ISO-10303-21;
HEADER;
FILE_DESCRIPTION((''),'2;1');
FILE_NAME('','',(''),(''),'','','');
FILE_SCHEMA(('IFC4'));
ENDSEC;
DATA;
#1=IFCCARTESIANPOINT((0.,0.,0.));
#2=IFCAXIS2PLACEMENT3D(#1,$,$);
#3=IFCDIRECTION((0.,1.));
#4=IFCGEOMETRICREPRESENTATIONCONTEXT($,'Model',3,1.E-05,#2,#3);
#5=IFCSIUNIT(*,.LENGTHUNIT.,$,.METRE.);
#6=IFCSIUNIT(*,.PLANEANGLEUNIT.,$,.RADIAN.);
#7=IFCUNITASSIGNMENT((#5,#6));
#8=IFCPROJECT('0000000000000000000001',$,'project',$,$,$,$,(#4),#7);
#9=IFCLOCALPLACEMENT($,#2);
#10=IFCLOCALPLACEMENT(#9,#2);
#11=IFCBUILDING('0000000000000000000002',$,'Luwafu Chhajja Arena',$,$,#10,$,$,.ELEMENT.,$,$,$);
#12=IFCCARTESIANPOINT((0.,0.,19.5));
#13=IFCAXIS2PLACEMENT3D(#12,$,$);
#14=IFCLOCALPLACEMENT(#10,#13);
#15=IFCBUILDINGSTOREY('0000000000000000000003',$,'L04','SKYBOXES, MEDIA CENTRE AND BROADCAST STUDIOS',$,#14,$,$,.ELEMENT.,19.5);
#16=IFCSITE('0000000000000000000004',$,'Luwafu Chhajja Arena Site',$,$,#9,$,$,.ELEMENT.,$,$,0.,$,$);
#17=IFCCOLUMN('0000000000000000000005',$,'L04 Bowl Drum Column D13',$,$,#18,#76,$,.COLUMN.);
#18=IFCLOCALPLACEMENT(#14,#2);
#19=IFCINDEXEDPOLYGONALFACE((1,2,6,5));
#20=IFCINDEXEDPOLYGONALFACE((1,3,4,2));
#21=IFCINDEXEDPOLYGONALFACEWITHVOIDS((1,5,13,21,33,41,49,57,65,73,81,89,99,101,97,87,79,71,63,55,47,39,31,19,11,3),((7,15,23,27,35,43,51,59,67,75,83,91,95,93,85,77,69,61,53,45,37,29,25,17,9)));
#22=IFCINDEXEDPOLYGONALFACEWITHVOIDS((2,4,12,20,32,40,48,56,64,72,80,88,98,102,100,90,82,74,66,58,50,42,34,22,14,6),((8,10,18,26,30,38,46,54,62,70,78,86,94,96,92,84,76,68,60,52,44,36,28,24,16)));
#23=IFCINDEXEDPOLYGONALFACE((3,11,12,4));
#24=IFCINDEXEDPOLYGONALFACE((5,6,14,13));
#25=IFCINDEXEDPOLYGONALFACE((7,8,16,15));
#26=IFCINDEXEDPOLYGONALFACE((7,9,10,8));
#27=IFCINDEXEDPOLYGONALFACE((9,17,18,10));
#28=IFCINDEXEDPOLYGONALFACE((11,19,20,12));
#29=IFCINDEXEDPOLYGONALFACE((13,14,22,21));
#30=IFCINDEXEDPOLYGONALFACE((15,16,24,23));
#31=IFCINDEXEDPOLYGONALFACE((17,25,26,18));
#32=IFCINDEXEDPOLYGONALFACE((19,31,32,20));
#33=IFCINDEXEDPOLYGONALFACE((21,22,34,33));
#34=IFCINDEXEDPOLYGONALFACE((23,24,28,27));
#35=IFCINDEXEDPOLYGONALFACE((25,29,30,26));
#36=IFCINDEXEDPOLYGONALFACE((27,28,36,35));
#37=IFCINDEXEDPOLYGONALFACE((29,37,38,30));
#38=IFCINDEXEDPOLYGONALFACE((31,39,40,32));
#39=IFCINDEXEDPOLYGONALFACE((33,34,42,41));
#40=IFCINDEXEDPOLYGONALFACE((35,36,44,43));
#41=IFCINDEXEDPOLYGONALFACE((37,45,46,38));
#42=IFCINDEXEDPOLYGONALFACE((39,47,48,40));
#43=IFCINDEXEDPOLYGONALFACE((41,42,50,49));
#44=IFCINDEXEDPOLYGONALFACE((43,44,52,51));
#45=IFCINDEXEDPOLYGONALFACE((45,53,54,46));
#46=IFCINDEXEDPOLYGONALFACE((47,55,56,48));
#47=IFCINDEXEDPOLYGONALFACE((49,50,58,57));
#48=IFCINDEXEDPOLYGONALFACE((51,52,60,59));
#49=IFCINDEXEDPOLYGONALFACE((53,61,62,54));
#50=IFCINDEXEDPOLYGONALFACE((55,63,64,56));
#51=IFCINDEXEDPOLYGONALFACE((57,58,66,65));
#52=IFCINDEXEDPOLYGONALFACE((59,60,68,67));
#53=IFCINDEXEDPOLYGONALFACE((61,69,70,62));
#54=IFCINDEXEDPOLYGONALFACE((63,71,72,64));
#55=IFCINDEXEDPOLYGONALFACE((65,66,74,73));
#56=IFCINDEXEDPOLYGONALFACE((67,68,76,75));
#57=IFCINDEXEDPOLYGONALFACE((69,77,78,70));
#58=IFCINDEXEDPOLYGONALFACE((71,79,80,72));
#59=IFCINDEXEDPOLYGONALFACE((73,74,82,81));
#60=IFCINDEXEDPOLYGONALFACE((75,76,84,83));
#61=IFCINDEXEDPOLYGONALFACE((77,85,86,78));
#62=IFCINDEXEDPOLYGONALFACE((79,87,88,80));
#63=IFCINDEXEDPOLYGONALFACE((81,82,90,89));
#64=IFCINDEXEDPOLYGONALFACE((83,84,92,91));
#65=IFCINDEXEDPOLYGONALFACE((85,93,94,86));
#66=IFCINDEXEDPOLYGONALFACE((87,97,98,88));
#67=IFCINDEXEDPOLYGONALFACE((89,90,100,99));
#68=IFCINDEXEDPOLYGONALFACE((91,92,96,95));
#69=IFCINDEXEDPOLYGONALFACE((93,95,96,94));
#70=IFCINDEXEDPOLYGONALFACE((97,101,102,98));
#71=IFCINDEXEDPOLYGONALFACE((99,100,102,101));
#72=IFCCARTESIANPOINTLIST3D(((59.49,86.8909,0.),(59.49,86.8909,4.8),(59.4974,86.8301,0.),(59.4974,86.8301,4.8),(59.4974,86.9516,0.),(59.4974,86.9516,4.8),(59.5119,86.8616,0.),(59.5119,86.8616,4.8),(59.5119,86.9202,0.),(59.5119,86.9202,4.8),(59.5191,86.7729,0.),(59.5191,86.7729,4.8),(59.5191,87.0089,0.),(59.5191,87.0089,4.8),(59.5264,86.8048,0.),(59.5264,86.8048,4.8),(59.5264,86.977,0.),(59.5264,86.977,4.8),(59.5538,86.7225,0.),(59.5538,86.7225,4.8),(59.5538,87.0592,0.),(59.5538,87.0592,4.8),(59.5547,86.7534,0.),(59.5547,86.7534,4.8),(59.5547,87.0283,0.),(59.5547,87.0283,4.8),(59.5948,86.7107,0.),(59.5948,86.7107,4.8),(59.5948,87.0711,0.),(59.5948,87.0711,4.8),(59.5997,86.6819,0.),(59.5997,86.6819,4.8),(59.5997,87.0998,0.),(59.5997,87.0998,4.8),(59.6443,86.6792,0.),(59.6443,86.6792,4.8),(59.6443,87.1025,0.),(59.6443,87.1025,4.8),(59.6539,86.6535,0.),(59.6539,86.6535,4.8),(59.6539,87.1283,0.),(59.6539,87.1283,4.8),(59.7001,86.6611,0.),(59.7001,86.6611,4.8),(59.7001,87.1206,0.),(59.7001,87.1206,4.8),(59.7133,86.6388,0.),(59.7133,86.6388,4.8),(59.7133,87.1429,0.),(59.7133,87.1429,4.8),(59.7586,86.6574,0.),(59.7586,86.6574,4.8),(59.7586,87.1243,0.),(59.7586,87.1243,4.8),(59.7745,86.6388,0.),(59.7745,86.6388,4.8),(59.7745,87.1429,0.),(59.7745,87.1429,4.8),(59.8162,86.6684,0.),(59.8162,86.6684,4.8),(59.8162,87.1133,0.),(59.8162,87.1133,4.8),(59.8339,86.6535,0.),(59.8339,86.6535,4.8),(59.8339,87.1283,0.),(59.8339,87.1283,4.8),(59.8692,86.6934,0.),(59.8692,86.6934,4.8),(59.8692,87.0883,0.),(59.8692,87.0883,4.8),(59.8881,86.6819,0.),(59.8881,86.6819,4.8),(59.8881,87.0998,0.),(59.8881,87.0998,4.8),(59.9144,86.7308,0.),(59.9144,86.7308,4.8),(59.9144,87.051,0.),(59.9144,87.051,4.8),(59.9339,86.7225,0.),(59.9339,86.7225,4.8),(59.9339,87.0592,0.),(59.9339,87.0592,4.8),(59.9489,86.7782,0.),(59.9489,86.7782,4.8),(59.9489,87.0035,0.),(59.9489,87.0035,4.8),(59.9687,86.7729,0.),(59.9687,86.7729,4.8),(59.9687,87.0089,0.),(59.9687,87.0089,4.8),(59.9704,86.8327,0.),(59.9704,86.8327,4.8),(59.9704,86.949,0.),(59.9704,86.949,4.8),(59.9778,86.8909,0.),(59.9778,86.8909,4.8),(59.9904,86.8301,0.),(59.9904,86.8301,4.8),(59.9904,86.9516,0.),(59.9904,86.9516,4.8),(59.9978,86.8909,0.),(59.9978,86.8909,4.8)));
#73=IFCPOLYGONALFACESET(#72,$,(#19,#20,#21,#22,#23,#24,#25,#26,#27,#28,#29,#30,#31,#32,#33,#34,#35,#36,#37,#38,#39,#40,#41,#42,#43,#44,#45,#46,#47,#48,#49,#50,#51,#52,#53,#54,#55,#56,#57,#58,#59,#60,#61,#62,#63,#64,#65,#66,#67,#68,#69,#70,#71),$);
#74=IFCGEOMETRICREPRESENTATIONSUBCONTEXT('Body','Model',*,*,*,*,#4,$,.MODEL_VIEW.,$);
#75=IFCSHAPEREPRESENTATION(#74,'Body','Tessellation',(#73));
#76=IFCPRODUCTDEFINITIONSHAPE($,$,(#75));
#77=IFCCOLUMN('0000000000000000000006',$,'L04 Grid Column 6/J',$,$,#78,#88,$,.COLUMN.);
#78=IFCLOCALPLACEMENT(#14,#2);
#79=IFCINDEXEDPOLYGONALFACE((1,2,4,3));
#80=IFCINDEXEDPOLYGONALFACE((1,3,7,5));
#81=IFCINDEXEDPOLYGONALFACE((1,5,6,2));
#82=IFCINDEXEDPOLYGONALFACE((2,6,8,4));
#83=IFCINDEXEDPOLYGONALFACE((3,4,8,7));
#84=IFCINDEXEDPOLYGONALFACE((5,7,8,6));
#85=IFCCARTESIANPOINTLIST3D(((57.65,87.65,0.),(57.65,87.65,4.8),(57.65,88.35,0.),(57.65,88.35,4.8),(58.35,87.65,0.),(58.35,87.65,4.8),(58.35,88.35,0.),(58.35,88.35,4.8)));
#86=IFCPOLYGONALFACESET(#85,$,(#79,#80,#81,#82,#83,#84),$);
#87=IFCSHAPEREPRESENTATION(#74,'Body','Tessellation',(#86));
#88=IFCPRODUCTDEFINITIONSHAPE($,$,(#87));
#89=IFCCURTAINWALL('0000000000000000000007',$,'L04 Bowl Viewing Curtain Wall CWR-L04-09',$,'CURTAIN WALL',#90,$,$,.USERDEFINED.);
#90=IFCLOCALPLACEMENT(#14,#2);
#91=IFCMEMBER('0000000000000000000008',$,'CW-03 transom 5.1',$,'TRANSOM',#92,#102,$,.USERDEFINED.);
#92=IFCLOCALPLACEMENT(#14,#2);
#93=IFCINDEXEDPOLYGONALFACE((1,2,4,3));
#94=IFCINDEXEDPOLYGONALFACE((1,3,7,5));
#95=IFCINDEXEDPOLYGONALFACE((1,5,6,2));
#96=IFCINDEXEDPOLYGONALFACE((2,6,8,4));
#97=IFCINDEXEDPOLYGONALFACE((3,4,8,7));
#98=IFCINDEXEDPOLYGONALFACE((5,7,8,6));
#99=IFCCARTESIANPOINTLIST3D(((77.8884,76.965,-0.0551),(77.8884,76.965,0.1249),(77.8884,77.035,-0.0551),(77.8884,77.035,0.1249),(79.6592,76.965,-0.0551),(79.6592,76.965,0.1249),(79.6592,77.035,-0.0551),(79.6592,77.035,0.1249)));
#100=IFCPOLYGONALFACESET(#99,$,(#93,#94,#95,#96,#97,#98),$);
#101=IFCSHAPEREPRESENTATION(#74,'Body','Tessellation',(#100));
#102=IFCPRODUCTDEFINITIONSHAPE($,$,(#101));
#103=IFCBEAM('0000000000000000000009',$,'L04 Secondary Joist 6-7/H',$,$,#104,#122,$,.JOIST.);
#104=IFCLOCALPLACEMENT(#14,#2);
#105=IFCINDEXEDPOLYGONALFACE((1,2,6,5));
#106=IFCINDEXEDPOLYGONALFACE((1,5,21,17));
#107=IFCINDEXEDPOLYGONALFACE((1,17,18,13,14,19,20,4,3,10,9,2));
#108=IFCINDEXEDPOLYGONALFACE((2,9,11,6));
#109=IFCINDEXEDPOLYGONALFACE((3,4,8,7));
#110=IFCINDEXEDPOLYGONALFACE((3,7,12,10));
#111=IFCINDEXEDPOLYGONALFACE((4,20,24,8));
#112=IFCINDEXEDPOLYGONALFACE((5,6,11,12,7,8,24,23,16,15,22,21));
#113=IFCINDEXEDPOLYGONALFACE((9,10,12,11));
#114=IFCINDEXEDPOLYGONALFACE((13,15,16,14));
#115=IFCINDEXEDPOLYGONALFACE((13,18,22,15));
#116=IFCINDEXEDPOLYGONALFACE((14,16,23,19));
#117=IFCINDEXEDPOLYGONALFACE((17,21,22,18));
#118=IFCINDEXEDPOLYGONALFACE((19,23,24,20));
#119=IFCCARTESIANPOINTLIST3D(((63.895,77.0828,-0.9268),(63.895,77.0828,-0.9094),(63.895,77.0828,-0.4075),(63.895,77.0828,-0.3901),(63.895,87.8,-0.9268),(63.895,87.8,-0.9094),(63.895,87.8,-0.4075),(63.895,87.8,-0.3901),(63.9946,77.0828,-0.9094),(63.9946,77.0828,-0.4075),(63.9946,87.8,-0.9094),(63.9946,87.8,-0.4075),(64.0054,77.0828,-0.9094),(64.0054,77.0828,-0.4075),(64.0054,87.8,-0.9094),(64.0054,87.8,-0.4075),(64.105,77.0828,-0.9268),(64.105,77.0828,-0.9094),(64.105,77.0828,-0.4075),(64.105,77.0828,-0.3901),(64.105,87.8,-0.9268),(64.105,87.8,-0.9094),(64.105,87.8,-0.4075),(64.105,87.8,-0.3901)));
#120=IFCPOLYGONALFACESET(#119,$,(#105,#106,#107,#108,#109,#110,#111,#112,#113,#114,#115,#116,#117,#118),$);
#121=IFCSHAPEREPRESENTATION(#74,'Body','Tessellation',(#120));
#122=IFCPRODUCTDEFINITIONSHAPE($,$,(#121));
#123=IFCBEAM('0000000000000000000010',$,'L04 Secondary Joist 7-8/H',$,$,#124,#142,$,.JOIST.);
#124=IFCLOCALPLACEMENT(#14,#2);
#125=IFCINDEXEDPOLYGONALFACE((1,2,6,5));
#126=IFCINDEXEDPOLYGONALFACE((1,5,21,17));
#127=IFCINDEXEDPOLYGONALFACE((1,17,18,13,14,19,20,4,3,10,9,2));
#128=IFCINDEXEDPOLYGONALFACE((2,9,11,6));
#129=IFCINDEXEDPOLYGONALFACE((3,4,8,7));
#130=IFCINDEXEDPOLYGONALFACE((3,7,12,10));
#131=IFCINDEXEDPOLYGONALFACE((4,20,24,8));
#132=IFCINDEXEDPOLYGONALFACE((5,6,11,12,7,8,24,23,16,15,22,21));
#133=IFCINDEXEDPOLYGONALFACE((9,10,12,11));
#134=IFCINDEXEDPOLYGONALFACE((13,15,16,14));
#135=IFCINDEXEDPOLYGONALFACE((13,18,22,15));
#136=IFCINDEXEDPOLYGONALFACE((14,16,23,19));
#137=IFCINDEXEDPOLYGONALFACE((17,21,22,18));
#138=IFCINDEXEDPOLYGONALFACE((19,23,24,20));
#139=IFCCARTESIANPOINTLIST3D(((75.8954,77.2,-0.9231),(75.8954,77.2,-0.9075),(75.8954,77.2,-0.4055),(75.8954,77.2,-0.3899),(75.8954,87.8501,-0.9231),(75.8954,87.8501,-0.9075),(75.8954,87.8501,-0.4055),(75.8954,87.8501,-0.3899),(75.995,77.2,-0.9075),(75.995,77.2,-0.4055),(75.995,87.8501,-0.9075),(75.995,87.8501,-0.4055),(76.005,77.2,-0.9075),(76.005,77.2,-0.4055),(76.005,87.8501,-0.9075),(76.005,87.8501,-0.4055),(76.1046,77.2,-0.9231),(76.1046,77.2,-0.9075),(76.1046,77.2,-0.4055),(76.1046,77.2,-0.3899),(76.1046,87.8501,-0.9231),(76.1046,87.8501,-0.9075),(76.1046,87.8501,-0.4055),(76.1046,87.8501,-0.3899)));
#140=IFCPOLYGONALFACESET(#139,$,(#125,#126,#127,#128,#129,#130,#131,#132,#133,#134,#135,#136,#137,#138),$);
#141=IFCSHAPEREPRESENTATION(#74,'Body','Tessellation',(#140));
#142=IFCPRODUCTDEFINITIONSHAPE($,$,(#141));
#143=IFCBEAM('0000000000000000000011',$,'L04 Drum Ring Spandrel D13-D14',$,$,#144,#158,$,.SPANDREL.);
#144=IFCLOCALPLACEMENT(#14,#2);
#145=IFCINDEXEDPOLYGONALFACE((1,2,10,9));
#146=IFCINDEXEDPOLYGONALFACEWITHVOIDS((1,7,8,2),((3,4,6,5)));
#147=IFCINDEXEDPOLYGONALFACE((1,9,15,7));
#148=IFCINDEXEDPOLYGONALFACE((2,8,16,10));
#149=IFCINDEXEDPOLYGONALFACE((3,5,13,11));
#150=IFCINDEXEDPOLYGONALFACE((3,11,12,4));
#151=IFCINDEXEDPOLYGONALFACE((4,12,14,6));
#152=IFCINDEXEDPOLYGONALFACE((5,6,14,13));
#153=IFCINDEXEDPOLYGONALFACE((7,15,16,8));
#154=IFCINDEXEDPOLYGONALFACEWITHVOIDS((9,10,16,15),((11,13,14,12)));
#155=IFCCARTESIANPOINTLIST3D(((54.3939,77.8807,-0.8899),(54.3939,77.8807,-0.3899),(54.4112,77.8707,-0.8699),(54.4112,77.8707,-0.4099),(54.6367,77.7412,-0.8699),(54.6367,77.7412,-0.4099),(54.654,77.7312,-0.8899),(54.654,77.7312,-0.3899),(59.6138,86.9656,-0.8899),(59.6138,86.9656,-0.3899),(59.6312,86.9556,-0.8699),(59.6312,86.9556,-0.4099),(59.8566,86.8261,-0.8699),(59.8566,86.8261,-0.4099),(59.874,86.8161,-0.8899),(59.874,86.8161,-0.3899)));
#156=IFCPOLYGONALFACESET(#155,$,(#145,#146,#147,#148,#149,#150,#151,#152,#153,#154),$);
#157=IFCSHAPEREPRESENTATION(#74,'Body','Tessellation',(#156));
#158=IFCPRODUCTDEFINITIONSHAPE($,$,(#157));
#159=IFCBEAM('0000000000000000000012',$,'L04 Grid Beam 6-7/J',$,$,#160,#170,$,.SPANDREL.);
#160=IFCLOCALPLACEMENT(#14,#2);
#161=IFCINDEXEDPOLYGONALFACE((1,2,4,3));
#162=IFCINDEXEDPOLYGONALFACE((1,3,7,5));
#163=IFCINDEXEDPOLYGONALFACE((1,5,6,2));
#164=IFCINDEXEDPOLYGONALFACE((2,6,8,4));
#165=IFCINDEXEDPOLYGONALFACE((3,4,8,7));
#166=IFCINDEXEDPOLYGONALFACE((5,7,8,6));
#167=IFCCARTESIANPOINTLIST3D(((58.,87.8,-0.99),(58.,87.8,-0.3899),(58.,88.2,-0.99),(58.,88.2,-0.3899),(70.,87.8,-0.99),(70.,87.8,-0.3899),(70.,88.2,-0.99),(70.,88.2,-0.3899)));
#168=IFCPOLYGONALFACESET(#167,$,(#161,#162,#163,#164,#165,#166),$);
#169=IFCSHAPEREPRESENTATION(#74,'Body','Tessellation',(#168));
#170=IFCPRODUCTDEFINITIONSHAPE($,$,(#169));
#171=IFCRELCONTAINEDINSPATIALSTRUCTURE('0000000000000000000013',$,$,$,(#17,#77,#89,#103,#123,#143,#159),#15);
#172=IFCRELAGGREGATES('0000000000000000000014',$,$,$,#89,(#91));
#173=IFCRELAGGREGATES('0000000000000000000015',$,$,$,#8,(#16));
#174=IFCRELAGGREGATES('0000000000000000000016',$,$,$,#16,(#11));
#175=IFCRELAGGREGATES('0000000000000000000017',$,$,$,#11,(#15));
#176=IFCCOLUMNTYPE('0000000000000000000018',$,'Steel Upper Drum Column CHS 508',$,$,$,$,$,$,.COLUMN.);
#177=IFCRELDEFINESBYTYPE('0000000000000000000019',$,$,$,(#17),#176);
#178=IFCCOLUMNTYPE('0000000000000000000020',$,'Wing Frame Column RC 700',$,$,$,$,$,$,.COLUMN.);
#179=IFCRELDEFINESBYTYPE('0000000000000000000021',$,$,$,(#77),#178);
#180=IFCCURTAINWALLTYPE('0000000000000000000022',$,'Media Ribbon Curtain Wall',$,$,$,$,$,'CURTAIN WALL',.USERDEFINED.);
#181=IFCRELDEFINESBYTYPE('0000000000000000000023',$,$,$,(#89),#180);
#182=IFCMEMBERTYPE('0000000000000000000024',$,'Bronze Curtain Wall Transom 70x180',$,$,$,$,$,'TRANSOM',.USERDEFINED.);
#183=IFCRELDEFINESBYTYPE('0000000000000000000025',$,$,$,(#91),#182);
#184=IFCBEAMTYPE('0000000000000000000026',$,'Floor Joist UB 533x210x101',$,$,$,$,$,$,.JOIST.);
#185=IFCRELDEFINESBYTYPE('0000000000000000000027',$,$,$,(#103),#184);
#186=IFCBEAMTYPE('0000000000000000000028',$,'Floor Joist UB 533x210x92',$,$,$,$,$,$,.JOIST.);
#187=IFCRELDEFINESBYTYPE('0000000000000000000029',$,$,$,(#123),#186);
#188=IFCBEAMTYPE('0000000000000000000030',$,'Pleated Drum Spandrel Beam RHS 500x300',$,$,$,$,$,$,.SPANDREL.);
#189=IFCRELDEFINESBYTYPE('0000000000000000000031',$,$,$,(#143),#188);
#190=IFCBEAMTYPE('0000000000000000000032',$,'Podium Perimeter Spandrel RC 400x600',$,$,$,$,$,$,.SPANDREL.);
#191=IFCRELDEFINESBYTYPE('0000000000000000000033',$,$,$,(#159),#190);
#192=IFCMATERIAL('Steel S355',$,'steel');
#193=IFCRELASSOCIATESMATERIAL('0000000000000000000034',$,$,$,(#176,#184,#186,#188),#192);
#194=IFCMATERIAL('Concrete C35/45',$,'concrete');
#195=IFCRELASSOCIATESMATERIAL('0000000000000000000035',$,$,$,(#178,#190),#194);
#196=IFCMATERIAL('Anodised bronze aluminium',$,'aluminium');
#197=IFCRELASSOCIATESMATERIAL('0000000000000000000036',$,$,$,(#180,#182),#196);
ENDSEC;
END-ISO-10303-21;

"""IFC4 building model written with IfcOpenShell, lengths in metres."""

from ifc_helpers import new_model, si_unit, direction, frame, origin, origin_2d, place, context, subcontext, project, spatial, rectangle, hollow_rectangle, hollow_circle, i_section, extrude, material, material_profile, profile_set, type_object, element, aggregate, save


model = new_model("IFC4")

# Units and contexts
model_context = context("Model", 3, precision=1e-05, world=origin(), true_north=direction((0.0, 1.0)))
body_context = subcontext(model_context, "Body", "Model", "MODEL_VIEW")
ifc_project = project(units=[si_unit("LENGTHUNIT", "METRE"), si_unit("PLANEANGLEUNIT", "RADIAN")], contexts=[model_context])

# Site, building, storey
site_placement = place(None, origin())
site = spatial("IfcSite", under=ifc_project, at=site_placement, Name="Luwafu Chhajja Arena Site", CompositionType="ELEMENT", RefElevation=0.0)
building_placement = place(site_placement, origin())
building = spatial("IfcBuilding", under=site, at=building_placement, Name="Luwafu Chhajja Arena", CompositionType="ELEMENT")
storey_placement = place(building_placement, frame((0.0, 0.0, 19.5)))
storey = spatial("IfcBuildingStorey", under=building, at=storey_placement, Name="L04", Description="SKYBOXES, MEDIA CENTRE AND BROADCAST STUDIOS", CompositionType="ELEMENT", Elevation=19.5)

# Columns
ifc_material_1 = material(Name="Steel S355", Category="steel")
ifc_material_profile_1 = material_profile(ifc_material_1, hollow_circle(Radius=0.2539, WallThickness=0.02, at=origin_2d()), Name="CHS 508x20")
ifc_profile_set_1 = profile_set([ifc_material_profile_1], Name="Steel S355")
column_type_1 = type_object("IfcColumnType", Name="Steel Upper Drum Column CHS 508", PredefinedType="COLUMN", material=ifc_profile_set_1)
column_1_placement = place(storey_placement, frame((59.7439, 86.8909, 0.0), z_axis=(0.0, 0.0, 1.0), x_axis=(1.0, 0.0, 0.0)))
element("IfcColumn", 1, at=column_1_placement, inside=storey, type_object=column_type_1, Name="L04 Bowl Drum Column D13", PredefinedType="COLUMN", context=body_context, shape_type="SweptSolid", body=[
    extrude(hollow_circle(Radius=0.2539, WallThickness=0.02, at=origin_2d()), origin(), (0.0, 0.0, 1.0), 4.8),
])
ifc_material_2 = material(Name="Concrete C35/45", Category="concrete")
ifc_material_profile_2 = material_profile(ifc_material_2, rectangle(XDim=0.7, YDim=0.7, at=origin_2d()), Name="RC 700x700")
ifc_profile_set_2 = profile_set([ifc_material_profile_2], Name="Concrete C35/45")
column_type_2 = type_object("IfcColumnType", Name="Wing Frame Column RC 700", PredefinedType="COLUMN", material=ifc_profile_set_2)
column_2_placement = place(storey_placement, frame((58.0, 88.0, 0.0), z_axis=(0.0, 0.0, 1.0), x_axis=(1.0, 0.0, 0.0)))
element("IfcColumn", 2, at=column_2_placement, inside=storey, type_object=column_type_2, Name="L04 Grid Column 6/J", PredefinedType="COLUMN", context=body_context, shape_type="SweptSolid", body=[
    extrude(rectangle(XDim=0.7, YDim=0.7, at=origin_2d()), origin(), (0.0, 0.0, 1.0), 4.8),
])

# Curtain wall, member
ifc_material_3 = material(Name="Anodised bronze aluminium", Category="aluminium")
curtain_wall_type = type_object("IfcCurtainWallType", Name="Media Ribbon Curtain Wall", ElementType="CURTAIN WALL", PredefinedType="USERDEFINED", material=ifc_material_3)
curtain_wall_placement = place(storey_placement, origin())
curtain_wall = element("IfcCurtainWall", 3, at=curtain_wall_placement, inside=storey, type_object=curtain_wall_type, Name="L04 Bowl Viewing Curtain Wall CWR-L04-09", ObjectType="CURTAIN WALL", PredefinedType="USERDEFINED")
ifc_material_profile_3 = material_profile(ifc_material_3, rectangle(XDim=0.0701, YDim=0.1799, at=origin_2d()), Name="CWT 70x180")
ifc_profile_set_3 = profile_set([ifc_material_profile_3], Name="Anodised bronze aluminium")
member_type = type_object("IfcMemberType", Name="Bronze Curtain Wall Transom 70x180", ElementType="TRANSOM", PredefinedType="USERDEFINED", material=ifc_profile_set_3)
member_placement = place(storey_placement, frame((77.8884, 77.0, 0.0349), z_axis=(1.0, 0.0, 0.0), x_axis=(0.0, 1.0, 0.0)))
member = element("IfcMember", 4, at=member_placement, type_object=member_type, Name="CW-03 transom 5.1", ObjectType="TRANSOM", PredefinedType="USERDEFINED", context=body_context, shape_type="SweptSolid", body=[
    extrude(rectangle(XDim=0.0701, YDim=0.1799, at=origin_2d()), origin(), (0.0, 0.0, 1.0), 1.7708),
])
aggregate(curtain_wall, [member])

# Beams
ifc_material_profile_4 = material_profile(ifc_material_1, i_section(OverallWidth=0.21, OverallDepth=0.5366, WebThickness=0.0107, FlangeThickness=0.0173, at=origin_2d()), Name="UB 533x210x101")
ifc_profile_set_4 = profile_set([ifc_material_profile_4], Name="Steel S355")
beam_type_1 = type_object("IfcBeamType", Name="Floor Joist UB 533x210x101", PredefinedType="JOIST", material=ifc_profile_set_4)
beam_1_placement = place(storey_placement, frame((64.0, 77.0828, -0.6584), z_axis=(0.0, 1.0, 0.0), x_axis=(-1.0, 0.0, 0.0)))
element("IfcBeam", 5, at=beam_1_placement, inside=storey, type_object=beam_type_1, Name="L04 Secondary Joist 6-7/H", PredefinedType="JOIST", context=body_context, shape_type="SweptSolid", body=[
    extrude(i_section(OverallWidth=0.21, OverallDepth=0.5366, WebThickness=0.0107, FlangeThickness=0.0173, at=origin_2d()), origin(), (0.0, 0.0, 1.0), 10.7173),
])
ifc_material_profile_5 = material_profile(ifc_material_1, i_section(OverallWidth=0.2092, OverallDepth=0.5332, WebThickness=0.01, FlangeThickness=0.0156, at=origin_2d()), Name="UB 533x210x92")
ifc_profile_set_5 = profile_set([ifc_material_profile_5], Name="Steel S355")
beam_type_2 = type_object("IfcBeamType", Name="Floor Joist UB 533x210x92", PredefinedType="JOIST", material=ifc_profile_set_5)
beam_2_placement = place(storey_placement, frame((76.0, 77.2, -0.6565), z_axis=(0.0, 1.0, 0.0), x_axis=(-1.0, 0.0, 0.0)))
element("IfcBeam", 6, at=beam_2_placement, inside=storey, type_object=beam_type_2, Name="L04 Secondary Joist 7-8/H", PredefinedType="JOIST", context=body_context, shape_type="SweptSolid", body=[
    extrude(i_section(OverallWidth=0.2092, OverallDepth=0.5332, WebThickness=0.01, FlangeThickness=0.0156, at=origin_2d()), origin(), (0.0, 0.0, 1.0), 10.6501),
])
ifc_material_profile_6 = material_profile(ifc_material_1, hollow_rectangle(XDim=0.3, YDim=0.5, WallThickness=0.02, at=origin_2d()), Name="RHS 500x300x20")
ifc_profile_set_6 = profile_set([ifc_material_profile_6], Name="Steel S355")
beam_type_3 = type_object("IfcBeamType", Name="Pleated Drum Spandrel Beam RHS 500x300", PredefinedType="SPANDREL", material=ifc_profile_set_6)
beam_3_placement = place(storey_placement, frame((59.7439, 86.8909, -0.6399), z_axis=(-0.498193, -0.867066, 0.0), x_axis=(0.867066, -0.498193, 0.0)))
element("IfcBeam", 7, at=beam_3_placement, inside=storey, type_object=beam_type_3, Name="L04 Drum Ring Spandrel D13-D14", PredefinedType="SPANDREL", context=body_context, shape_type="SweptSolid", body=[
    extrude(hollow_rectangle(XDim=0.3, YDim=0.5, WallThickness=0.02, at=origin_2d()), origin(), (0.0, 0.0, 1.0), 10.4778),
])
ifc_material_profile_7 = material_profile(ifc_material_2, rectangle(XDim=0.3999, YDim=0.6001, at=origin_2d()), Name="RC 400x600")
ifc_profile_set_7 = profile_set([ifc_material_profile_7], Name="Concrete C35/45")
beam_type_4 = type_object("IfcBeamType", Name="Podium Perimeter Spandrel RC 400x600", PredefinedType="SPANDREL", material=ifc_profile_set_7)
beam_4_placement = place(storey_placement, frame((58.0, 88.0, -0.6899), z_axis=(1.0, 0.0, 0.0), x_axis=(0.0, 1.0, 0.0)))
element("IfcBeam", 8, at=beam_4_placement, inside=storey, type_object=beam_type_4, Name="L04 Grid Beam 6-7/J", PredefinedType="SPANDREL", context=body_context, shape_type="SweptSolid", body=[
    extrude(rectangle(XDim=0.3999, YDim=0.6001, at=origin_2d()), origin(), (0.0, 0.0, 1.0), 12.0),
])

save(model, "model.ifc")
